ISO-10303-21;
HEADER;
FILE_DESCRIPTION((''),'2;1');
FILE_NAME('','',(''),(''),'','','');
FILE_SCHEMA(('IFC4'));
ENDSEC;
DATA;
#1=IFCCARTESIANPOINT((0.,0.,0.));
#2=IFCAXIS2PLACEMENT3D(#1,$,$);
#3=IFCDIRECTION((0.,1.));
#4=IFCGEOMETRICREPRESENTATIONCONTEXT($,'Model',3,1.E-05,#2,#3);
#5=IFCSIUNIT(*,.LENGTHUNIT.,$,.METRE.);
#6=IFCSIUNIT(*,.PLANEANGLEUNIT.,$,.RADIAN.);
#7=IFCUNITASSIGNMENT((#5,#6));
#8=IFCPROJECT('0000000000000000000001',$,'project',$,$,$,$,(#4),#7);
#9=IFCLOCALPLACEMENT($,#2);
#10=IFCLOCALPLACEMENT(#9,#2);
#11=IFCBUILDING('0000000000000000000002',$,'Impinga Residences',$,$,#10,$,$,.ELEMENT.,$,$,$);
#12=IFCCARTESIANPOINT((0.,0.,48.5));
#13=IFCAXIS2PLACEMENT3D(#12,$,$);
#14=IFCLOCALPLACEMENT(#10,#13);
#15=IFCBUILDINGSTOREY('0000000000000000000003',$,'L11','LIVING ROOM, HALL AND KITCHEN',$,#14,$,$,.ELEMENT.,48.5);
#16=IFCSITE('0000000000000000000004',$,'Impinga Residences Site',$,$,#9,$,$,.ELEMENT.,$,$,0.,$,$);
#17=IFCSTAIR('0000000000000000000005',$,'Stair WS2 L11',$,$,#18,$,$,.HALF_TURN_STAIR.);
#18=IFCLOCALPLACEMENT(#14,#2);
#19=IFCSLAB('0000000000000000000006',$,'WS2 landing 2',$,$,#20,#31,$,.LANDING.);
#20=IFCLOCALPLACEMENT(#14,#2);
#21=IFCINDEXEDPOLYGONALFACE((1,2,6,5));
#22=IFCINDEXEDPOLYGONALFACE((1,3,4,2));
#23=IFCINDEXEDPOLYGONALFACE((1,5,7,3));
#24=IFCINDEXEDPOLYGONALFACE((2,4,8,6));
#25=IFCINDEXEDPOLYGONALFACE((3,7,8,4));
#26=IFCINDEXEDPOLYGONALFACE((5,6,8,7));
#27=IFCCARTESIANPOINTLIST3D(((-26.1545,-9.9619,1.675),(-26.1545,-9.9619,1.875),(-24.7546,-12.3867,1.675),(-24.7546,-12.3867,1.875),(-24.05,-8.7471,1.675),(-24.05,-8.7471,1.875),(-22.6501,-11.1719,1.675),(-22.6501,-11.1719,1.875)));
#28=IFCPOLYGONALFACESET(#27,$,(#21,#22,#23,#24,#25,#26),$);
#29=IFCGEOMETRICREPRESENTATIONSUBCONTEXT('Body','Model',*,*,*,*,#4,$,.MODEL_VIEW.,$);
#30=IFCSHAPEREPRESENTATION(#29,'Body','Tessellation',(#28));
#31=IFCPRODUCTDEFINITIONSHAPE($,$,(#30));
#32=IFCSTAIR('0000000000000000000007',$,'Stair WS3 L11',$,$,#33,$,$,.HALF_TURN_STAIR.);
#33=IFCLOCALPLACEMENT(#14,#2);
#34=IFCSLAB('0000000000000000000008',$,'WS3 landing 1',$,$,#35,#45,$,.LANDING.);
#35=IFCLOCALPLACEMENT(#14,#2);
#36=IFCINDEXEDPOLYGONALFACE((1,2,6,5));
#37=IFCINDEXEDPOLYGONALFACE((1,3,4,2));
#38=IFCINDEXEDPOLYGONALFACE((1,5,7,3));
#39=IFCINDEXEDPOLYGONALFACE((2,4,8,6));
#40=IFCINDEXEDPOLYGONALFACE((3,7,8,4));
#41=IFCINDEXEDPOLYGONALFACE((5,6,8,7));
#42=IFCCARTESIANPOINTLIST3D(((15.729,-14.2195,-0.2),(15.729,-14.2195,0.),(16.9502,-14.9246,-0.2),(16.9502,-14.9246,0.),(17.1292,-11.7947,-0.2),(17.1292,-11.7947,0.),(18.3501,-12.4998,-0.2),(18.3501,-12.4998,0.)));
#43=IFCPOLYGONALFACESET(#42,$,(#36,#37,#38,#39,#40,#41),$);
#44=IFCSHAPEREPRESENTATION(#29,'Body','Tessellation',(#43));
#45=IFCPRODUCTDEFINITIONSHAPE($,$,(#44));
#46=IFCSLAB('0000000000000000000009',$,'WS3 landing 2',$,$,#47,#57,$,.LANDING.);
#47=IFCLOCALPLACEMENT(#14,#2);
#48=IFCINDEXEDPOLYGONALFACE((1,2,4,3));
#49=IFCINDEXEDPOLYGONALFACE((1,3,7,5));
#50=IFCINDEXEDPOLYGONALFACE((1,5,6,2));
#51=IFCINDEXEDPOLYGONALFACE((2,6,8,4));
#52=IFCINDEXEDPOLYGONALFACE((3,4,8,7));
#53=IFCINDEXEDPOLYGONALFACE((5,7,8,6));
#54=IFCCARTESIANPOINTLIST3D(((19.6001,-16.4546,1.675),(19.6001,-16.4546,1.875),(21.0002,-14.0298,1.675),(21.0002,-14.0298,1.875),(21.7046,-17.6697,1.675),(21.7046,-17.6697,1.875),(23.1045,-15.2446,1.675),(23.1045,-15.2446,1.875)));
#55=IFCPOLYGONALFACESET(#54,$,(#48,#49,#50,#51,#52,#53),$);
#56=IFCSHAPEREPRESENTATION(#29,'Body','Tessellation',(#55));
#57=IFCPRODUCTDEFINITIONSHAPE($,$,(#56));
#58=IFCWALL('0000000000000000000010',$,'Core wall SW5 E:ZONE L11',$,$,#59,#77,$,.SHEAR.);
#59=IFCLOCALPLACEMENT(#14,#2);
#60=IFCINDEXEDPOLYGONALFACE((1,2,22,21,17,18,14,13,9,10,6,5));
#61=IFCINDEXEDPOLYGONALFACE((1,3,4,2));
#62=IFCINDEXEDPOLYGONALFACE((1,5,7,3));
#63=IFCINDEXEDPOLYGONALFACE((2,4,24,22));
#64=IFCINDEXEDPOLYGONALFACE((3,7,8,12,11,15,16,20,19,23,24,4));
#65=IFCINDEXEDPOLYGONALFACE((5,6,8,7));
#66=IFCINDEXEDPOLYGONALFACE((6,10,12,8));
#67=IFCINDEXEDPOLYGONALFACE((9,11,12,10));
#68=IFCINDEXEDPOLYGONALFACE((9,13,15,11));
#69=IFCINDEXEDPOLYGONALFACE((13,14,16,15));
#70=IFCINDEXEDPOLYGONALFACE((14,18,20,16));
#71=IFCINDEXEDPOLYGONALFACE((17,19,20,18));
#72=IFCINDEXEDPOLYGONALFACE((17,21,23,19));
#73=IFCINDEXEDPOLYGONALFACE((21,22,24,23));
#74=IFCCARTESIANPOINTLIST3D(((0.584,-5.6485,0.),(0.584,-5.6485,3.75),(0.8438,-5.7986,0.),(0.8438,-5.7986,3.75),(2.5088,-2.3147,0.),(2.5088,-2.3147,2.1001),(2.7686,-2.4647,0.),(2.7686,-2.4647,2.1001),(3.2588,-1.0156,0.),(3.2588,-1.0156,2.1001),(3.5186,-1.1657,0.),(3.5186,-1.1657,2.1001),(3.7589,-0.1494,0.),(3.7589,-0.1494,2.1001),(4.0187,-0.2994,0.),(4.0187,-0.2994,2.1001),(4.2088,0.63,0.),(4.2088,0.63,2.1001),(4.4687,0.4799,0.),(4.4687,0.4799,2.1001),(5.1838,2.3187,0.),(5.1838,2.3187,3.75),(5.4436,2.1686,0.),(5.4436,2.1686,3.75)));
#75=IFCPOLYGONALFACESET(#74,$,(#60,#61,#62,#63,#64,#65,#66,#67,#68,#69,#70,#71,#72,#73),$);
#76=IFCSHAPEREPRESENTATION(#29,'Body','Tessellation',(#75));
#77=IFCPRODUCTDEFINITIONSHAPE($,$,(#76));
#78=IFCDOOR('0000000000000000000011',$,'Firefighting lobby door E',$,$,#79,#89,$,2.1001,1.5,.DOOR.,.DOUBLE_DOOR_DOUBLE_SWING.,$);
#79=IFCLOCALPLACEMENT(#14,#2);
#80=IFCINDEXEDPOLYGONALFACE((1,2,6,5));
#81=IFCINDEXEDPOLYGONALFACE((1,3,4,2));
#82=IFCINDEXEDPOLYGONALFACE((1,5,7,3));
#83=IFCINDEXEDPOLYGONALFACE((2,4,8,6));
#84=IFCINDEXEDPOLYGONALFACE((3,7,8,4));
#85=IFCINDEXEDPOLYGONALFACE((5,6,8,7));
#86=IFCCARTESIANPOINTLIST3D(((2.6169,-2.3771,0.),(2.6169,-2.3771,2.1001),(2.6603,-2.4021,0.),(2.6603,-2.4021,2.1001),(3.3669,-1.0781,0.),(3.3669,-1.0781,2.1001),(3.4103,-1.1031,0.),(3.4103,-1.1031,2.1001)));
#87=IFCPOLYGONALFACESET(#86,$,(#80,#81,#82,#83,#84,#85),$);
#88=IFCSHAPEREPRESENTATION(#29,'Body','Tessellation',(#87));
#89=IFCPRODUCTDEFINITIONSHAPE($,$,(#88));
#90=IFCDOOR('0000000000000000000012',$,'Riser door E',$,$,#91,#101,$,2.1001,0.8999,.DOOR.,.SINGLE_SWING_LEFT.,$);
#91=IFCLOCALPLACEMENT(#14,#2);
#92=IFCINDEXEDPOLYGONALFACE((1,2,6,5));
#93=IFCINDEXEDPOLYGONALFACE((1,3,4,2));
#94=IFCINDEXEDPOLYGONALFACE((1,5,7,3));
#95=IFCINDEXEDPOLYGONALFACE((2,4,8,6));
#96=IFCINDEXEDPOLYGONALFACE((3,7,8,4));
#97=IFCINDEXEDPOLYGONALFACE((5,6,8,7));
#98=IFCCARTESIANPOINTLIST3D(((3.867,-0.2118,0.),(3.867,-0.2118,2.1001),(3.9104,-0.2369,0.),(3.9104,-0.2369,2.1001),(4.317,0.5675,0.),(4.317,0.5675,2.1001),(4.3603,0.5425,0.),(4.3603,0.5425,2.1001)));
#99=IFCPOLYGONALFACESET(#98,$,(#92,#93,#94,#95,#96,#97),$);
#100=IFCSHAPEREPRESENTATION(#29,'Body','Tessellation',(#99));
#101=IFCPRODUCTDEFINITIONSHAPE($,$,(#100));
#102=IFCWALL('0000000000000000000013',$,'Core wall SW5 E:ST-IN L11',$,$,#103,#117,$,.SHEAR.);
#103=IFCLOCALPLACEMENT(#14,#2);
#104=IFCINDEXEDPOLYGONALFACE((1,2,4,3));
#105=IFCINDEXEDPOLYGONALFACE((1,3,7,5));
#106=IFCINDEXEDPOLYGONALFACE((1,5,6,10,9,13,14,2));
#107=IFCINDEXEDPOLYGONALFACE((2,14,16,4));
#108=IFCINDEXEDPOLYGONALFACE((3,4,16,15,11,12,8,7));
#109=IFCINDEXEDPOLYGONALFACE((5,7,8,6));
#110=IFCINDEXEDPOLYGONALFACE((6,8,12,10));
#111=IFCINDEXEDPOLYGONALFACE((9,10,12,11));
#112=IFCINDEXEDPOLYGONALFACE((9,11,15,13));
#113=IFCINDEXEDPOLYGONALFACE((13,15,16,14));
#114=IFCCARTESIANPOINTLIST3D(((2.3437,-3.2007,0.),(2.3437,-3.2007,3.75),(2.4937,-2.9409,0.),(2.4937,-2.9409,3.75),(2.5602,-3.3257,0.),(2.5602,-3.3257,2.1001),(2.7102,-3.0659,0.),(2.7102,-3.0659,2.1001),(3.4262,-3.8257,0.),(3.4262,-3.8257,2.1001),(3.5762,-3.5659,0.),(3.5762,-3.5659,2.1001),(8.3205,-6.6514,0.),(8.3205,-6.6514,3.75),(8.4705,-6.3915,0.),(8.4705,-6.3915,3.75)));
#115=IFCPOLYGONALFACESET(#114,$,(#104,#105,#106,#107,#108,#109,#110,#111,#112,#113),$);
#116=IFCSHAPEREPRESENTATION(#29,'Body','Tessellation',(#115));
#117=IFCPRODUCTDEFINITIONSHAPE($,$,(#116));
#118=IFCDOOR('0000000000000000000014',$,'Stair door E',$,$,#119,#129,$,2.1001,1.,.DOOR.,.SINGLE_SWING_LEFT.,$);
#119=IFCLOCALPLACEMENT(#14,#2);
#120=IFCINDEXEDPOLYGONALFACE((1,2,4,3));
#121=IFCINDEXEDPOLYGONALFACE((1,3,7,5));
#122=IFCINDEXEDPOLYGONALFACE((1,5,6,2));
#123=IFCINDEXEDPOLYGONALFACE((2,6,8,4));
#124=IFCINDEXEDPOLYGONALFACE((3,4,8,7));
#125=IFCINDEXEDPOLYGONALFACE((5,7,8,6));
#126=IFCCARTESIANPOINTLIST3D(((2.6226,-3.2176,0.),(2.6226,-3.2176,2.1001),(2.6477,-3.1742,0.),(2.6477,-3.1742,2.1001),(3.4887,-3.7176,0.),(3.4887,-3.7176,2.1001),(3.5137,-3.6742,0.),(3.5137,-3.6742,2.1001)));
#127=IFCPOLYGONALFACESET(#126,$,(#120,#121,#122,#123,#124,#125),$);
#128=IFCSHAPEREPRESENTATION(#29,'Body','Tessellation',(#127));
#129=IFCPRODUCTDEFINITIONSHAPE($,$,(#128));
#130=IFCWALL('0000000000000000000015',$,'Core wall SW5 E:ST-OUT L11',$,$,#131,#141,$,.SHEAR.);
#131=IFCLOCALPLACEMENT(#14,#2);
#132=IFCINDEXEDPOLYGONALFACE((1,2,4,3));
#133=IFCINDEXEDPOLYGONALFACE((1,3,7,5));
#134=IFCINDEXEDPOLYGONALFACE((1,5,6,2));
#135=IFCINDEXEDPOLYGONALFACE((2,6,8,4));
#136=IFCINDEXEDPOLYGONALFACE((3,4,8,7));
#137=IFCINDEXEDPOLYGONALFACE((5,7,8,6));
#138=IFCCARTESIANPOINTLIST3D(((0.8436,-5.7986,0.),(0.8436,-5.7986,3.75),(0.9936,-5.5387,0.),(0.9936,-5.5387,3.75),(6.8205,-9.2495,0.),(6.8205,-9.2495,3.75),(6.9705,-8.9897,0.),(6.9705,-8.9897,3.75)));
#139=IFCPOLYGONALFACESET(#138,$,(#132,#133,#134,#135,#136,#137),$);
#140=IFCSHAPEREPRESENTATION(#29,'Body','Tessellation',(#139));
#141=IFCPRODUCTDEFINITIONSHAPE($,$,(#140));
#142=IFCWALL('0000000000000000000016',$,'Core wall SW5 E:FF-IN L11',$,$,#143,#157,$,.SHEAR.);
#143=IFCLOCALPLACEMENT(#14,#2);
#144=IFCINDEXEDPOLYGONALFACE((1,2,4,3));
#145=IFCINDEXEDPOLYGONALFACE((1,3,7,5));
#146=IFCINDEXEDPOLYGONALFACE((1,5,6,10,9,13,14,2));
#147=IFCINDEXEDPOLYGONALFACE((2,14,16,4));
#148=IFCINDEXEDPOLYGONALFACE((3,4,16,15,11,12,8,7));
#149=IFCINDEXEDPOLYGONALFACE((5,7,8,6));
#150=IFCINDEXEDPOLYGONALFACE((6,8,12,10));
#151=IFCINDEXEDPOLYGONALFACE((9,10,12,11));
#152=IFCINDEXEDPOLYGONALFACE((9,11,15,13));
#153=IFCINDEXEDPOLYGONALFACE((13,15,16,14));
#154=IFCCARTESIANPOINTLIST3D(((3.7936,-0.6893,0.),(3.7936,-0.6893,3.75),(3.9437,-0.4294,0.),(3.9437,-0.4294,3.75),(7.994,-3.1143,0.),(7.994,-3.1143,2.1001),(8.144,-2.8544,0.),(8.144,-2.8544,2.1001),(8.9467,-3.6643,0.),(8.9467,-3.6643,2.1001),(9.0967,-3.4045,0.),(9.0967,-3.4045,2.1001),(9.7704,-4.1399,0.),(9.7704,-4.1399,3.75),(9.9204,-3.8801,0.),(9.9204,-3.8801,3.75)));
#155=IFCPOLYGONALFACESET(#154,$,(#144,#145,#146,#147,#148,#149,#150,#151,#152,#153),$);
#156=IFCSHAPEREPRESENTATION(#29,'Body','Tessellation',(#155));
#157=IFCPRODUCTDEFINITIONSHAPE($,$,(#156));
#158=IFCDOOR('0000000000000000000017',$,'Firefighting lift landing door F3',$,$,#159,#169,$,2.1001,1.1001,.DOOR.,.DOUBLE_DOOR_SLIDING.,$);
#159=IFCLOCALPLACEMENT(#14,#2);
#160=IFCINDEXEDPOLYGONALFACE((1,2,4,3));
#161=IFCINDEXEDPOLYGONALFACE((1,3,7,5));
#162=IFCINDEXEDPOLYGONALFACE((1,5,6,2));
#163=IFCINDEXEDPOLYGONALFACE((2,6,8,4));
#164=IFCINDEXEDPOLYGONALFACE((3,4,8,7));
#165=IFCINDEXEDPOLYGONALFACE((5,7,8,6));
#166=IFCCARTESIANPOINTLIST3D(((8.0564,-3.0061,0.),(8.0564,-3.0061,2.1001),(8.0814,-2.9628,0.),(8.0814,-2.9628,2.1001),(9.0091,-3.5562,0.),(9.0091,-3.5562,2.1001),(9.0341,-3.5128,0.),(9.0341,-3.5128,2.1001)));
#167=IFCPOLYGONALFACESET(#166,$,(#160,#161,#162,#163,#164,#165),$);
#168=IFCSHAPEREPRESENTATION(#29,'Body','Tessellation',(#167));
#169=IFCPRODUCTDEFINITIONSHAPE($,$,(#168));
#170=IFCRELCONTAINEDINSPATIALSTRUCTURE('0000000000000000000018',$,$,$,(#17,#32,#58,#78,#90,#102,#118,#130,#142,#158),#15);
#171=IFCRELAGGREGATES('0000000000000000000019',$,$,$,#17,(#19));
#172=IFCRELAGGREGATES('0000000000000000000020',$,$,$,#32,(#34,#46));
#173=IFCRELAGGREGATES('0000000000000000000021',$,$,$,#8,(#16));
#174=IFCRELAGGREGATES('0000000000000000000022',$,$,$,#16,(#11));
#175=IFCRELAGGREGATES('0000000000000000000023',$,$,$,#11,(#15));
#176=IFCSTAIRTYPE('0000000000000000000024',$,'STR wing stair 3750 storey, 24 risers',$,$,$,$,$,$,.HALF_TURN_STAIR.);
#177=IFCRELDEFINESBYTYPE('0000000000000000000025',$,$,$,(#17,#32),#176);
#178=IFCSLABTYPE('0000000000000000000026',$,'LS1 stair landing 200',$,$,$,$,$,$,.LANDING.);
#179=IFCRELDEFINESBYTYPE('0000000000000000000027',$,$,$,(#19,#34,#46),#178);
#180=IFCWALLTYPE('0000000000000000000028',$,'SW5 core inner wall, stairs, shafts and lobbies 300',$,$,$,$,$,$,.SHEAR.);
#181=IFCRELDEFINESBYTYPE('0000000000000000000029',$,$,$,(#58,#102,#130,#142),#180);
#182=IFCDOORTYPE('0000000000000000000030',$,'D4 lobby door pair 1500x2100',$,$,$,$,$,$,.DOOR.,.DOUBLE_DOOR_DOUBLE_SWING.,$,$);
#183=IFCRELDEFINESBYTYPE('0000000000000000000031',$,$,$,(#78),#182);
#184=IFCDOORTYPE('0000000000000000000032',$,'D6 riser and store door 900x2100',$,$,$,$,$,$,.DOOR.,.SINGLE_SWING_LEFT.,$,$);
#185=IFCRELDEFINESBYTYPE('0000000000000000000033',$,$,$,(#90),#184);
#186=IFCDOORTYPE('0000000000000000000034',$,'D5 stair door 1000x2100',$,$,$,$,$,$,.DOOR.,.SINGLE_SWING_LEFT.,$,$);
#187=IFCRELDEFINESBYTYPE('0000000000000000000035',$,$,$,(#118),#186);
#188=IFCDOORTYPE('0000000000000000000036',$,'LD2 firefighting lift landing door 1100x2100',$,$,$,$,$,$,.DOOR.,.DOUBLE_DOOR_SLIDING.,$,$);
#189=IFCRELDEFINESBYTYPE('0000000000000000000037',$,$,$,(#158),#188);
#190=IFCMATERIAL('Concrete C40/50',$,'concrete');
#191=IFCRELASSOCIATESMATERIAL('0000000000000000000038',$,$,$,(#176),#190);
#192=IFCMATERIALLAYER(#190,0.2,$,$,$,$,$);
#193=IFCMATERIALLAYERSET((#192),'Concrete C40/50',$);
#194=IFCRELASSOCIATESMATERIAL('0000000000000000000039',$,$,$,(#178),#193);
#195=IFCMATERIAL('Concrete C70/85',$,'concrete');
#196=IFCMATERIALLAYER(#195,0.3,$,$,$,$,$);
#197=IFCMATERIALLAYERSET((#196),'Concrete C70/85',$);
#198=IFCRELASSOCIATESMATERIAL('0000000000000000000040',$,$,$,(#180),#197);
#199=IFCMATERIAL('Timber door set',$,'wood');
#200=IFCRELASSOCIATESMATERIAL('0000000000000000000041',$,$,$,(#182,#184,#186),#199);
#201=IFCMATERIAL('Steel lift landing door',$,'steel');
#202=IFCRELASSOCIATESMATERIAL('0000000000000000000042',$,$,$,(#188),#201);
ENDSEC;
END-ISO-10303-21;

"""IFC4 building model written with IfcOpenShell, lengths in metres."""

from ifc_helpers import new_model, si_unit, direction, frame, frame_2d, origin, place, context, subcontext, project, spatial, polyline, rectangle, outline, extrude, material, layer, layer_set, type_object, element, fill, aggregate, save


model = new_model("IFC4")

# Units and contexts
model_context = context("Model", 3, precision=1e-05, world=origin(), true_north=direction((0.0, 1.0)))
body_context = subcontext(model_context, "Body", "Model", "MODEL_VIEW")
ifc_project = project(units=[si_unit("LENGTHUNIT", "METRE"), si_unit("PLANEANGLEUNIT", "RADIAN")], contexts=[model_context])

# Site, building, storey
site_placement = place(None, origin())
site = spatial("IfcSite", under=ifc_project, at=site_placement, Name="Impinga Residences Site", CompositionType="ELEMENT", RefElevation=0.0)
building_placement = place(site_placement, origin())
building = spatial("IfcBuilding", under=site, at=building_placement, Name="Impinga Residences", CompositionType="ELEMENT")
storey_placement = place(building_placement, frame((0.0, 0.0, 48.5)))
storey = spatial("IfcBuildingStorey", under=building, at=storey_placement, Name="L11", Description="LIVING ROOM, HALL AND KITCHEN", CompositionType="ELEMENT", Elevation=48.5)

# Stair, slab
ifc_material_1 = material(Name="Concrete C40/50", Category="concrete")
stair_type_1 = type_object("IfcStairType", Name="STR wing stair 3750 storey, 24 risers", PredefinedType="HALF_TURN_STAIR", material=ifc_material_1)
stair_1_placement = place(storey_placement, origin())
stair_1 = element("IfcStair", 1, at=stair_1_placement, inside=storey, type_object=stair_type_1, Name="Stair WS2 L11", PredefinedType="HALF_TURN_STAIR")
ifc_layer_1 = layer(ifc_material_1, 0.2)
ifc_layer_set_1 = layer_set([ifc_layer_1], Name="Concrete C40/50")
slab_type = type_object("IfcSlabType", Name="LS1 stair landing 200", PredefinedType="LANDING", material=ifc_layer_set_1)
slab_1_placement = place(storey_placement, frame((0.0, 0.0, 1.675)))
slab_1 = element("IfcSlab", 2, at=slab_1_placement, type_object=slab_type, Name="WS2 landing 2", PredefinedType="LANDING", context=body_context, shape_type="SweptSolid", body=[
    extrude(outline(polyline([(-22.6501, -11.1719), (-24.05, -8.7471), (-26.1545, -9.9619), (-24.7546, -12.3867), (-22.6501, -11.1719)])), origin(), (0.0, 0.0, 1.0), 0.2),
])
aggregate(stair_1, [slab_1])

# Stair, slabs
stair_2_placement = place(storey_placement, origin())
stair_2 = element("IfcStair", 3, at=stair_2_placement, inside=storey, type_object=stair_type_1, Name="Stair WS3 L11", PredefinedType="HALF_TURN_STAIR")
slab_2_placement = place(storey_placement, frame((0.0, 0.0, -0.2)))
slab_2 = element("IfcSlab", 4, at=slab_2_placement, type_object=slab_type, Name="WS3 landing 1", PredefinedType="LANDING", context=body_context, shape_type="SweptSolid", body=[
    extrude(outline(polyline([(17.1292, -11.7947), (15.729, -14.2195), (16.9502, -14.9246), (18.3501, -12.4998), (17.1292, -11.7947)])), origin(), (0.0, 0.0, 1.0), 0.2),
])
slab_3_placement = place(storey_placement, frame((0.0, 0.0, 1.675)))
slab_3 = element("IfcSlab", 5, at=slab_3_placement, type_object=slab_type, Name="WS3 landing 2", PredefinedType="LANDING", context=body_context, shape_type="SweptSolid", body=[
    extrude(outline(polyline([(21.0002, -14.0298), (19.6001, -16.4546), (21.7046, -17.6697), (23.1045, -15.2446), (21.0002, -14.0298)])), origin(), (0.0, 0.0, 1.0), 0.2),
])
aggregate(stair_2, [slab_2, slab_3])

# Wall, openings, doors
ifc_material_2 = material(Name="Concrete C70/85", Category="concrete")
ifc_layer_2 = layer(ifc_material_2, 0.3)
ifc_layer_set_2 = layer_set([ifc_layer_2], Name="Concrete C70/85")
wall_type = type_object("IfcWallType", Name="SW5 core inner wall, stairs, shafts and lobbies 300", PredefinedType="SHEAR", material=ifc_layer_set_2)
wall_1_placement = place(storey_placement, frame((5.3137, 2.2437, 0.0), z_axis=(0.0, 0.0, 1.0), x_axis=(-0.499995, -0.866028, 0.0)))
wall_1 = element("IfcWall", 6, at=wall_1_placement, inside=storey, type_object=wall_type, Name="Core wall SW5 E:ZONE L11", PredefinedType="SHEAR", context=body_context, shape_type="SweptSolid", body=[
    extrude(rectangle(XDim=9.1997, YDim=0.3, at=frame_2d((4.5999, 0.0))), origin(), (0.0, 0.0, 1.0), 3.75),
])
opening_1_placement = place(wall_1_placement, frame((3.8501, 0.0, 0.0)))
opening_1 = element("IfcOpeningElement", 7, at=opening_1_placement, cuts=wall_1, PredefinedType="OPENING", context=body_context, shape_type="SweptSolid", body=[
    extrude(rectangle(XDim=1.5, YDim=2.1001, at=frame_2d((0.75, 1.05))), frame((0.0, 0.1599, 0.0), z_axis=(0.0, -1.0, 0.0), x_axis=(1.0, 0.0, 0.0)), (0.0, 0.0, 1.0), 0.3201),
])
opening_2_placement = place(wall_1_placement, frame((1.95, 0.0, 0.0)))
opening_2 = element("IfcOpeningElement", 8, at=opening_2_placement, cuts=wall_1, PredefinedType="OPENING", context=body_context, shape_type="SweptSolid", body=[
    extrude(rectangle(XDim=0.8999, YDim=2.1001, at=frame_2d((0.45, 1.05))), frame((0.0, 0.1599, 0.0), z_axis=(0.0, -1.0, 0.0), x_axis=(1.0, 0.0, 0.0)), (0.0, 0.0, 1.0), 0.3201),
])
ifc_material_3 = material(Name="Timber door set", Category="wood")
door_type_1 = type_object("IfcDoorType", Name="D4 lobby door pair 1500x2100", OperationType="DOUBLE_DOOR_DOUBLE_SWING", PredefinedType="DOOR", material=ifc_material_3)
door_1_placement = place(opening_1_placement, origin())
door_1 = element("IfcDoor", 9, at=door_1_placement, inside=storey, type_object=door_type_1, Name="Firefighting lobby door E", OperationType="DOUBLE_DOOR_DOUBLE_SWING", OverallHeight=2.1001, OverallWidth=1.5, PredefinedType="DOOR", context=body_context, shape_type="SweptSolid", body=[
    extrude(rectangle(XDim=1.5, YDim=2.1001, at=frame_2d((0.75, 1.05))), frame((0.0, 0.0249, 0.0), z_axis=(0.0, -1.0, 0.0), x_axis=(1.0, 0.0, 0.0)), (0.0, 0.0, 1.0), 0.05),
])
fill(opening_1, door_1)
door_type_2 = type_object("IfcDoorType", Name="D6 riser and store door 900x2100", OperationType="SINGLE_SWING_LEFT", PredefinedType="DOOR", material=ifc_material_3)
door_2_placement = place(opening_2_placement, origin())
door_2 = element("IfcDoor", 10, at=door_2_placement, inside=storey, type_object=door_type_2, Name="Riser door E", OperationType="SINGLE_SWING_LEFT", OverallHeight=2.1001, OverallWidth=0.8999, PredefinedType="DOOR", context=body_context, shape_type="SweptSolid", body=[
    extrude(rectangle(XDim=0.8999, YDim=2.1001, at=frame_2d((0.45, 1.05))), frame((0.0, 0.0249, 0.0), z_axis=(0.0, -1.0, 0.0), x_axis=(1.0, 0.0, 0.0)), (0.0, 0.0, 1.0), 0.05),
])
fill(opening_2, door_2)

# Wall, opening, door
wall_2_placement = place(storey_placement, frame((2.4187, -3.0708, 0.0), z_axis=(0.0, 0.0, 1.0), x_axis=(0.866027, -0.499997, 0.0)))
wall_2 = element("IfcWall", 11, at=wall_2_placement, inside=storey, type_object=wall_type, Name="Core wall SW5 E:ST-IN L11", PredefinedType="SHEAR", context=body_context, shape_type="SweptSolid", body=[
    extrude(rectangle(XDim=6.9014, YDim=0.3, at=frame_2d((3.4507, 0.0))), origin(), (0.0, 0.0, 1.0), 3.75),
])
opening_3_placement = place(wall_2_placement, frame((0.25, 0.0, 0.0)))
opening_3 = element("IfcOpeningElement", 12, at=opening_3_placement, cuts=wall_2, PredefinedType="OPENING", context=body_context, shape_type="SweptSolid", body=[
    extrude(rectangle(XDim=1.0, YDim=2.1001, at=frame_2d((0.5, 1.05))), frame((0.0, 0.1599, 0.0), z_axis=(0.0, -1.0, 0.0), x_axis=(1.0, 0.0, 0.0)), (0.0, 0.0, 1.0), 0.3201),
])
door_type_3 = type_object("IfcDoorType", Name="D5 stair door 1000x2100", OperationType="SINGLE_SWING_LEFT", PredefinedType="DOOR", material=ifc_material_3)
door_3_placement = place(opening_3_placement, origin())
door_3 = element("IfcDoor", 13, at=door_3_placement, inside=storey, type_object=door_type_3, Name="Stair door E", OperationType="SINGLE_SWING_LEFT", OverallHeight=2.1001, OverallWidth=1.0, PredefinedType="DOOR", context=body_context, shape_type="SweptSolid", body=[
    extrude(rectangle(XDim=1.0, YDim=2.1001, at=frame_2d((0.5, 1.05))), frame((0.0, 0.0249, 0.0), z_axis=(0.0, -1.0, 0.0), x_axis=(1.0, 0.0, 0.0)), (0.0, 0.0, 1.0), 0.05),
])
fill(opening_3, door_3)

# Wall
wall_3_placement = place(storey_placement, frame((0.9187, -5.6687, 0.0), z_axis=(0.0, 0.0, 1.0), x_axis=(0.866012, -0.500024, 0.0)))
element("IfcWall", 14, at=wall_3_placement, inside=storey, type_object=wall_type, Name="Core wall SW5 E:ST-OUT L11", PredefinedType="SHEAR", context=body_context, shape_type="SweptSolid", body=[
    extrude(rectangle(XDim=6.9016, YDim=0.3, at=frame_2d((3.4507, 0.0))), origin(), (0.0, 0.0, 1.0), 3.75),
])

# Wall, opening, door
wall_4_placement = place(storey_placement, frame((3.8687, -0.5593, 0.0), z_axis=(0.0, 0.0, 1.0), x_axis=(0.866027, -0.499997, 0.0)))
wall_4 = element("IfcWall", 15, at=wall_4_placement, inside=storey, type_object=wall_type, Name="Core wall SW5 E:FF-IN L11", PredefinedType="SHEAR", context=body_context, shape_type="SweptSolid", body=[
    extrude(rectangle(XDim=6.9014, YDim=0.3, at=frame_2d((3.4507, 0.0))), origin(), (0.0, 0.0, 1.0), 3.75),
])
opening_4_placement = place(wall_4_placement, frame((4.8501, 0.0, 0.0)))
opening_4 = element("IfcOpeningElement", 16, at=opening_4_placement, cuts=wall_4, PredefinedType="OPENING", context=body_context, shape_type="SweptSolid", body=[
    extrude(rectangle(XDim=1.1001, YDim=2.1001, at=frame_2d((0.55, 1.05))), frame((0.0, 0.1599, 0.0), z_axis=(0.0, -1.0, 0.0), x_axis=(1.0, 0.0, 0.0)), (0.0, 0.0, 1.0), 0.3201),
])
ifc_material_4 = material(Name="Steel lift landing door", Category="steel")
door_type_4 = type_object("IfcDoorType", Name="LD2 firefighting lift landing door 1100x2100", OperationType="DOUBLE_DOOR_SLIDING", PredefinedType="DOOR", material=ifc_material_4)
door_4_placement = place(opening_4_placement, origin())
door_4 = element("IfcDoor", 17, at=door_4_placement, inside=storey, type_object=door_type_4, Name="Firefighting lift landing door F3", OperationType="DOUBLE_DOOR_SLIDING", OverallHeight=2.1001, OverallWidth=1.1001, PredefinedType="DOOR", context=body_context, shape_type="SweptSolid", body=[
    extrude(rectangle(XDim=1.1001, YDim=2.1001, at=frame_2d((0.55, 1.05))), frame((0.0, 0.0249, 0.0), z_axis=(0.0, -1.0, 0.0), x_axis=(1.0, 0.0, 0.0)), (0.0, 0.0, 1.0), 0.05),
])
fill(opening_4, door_4)

save(model, "model.ifc")
